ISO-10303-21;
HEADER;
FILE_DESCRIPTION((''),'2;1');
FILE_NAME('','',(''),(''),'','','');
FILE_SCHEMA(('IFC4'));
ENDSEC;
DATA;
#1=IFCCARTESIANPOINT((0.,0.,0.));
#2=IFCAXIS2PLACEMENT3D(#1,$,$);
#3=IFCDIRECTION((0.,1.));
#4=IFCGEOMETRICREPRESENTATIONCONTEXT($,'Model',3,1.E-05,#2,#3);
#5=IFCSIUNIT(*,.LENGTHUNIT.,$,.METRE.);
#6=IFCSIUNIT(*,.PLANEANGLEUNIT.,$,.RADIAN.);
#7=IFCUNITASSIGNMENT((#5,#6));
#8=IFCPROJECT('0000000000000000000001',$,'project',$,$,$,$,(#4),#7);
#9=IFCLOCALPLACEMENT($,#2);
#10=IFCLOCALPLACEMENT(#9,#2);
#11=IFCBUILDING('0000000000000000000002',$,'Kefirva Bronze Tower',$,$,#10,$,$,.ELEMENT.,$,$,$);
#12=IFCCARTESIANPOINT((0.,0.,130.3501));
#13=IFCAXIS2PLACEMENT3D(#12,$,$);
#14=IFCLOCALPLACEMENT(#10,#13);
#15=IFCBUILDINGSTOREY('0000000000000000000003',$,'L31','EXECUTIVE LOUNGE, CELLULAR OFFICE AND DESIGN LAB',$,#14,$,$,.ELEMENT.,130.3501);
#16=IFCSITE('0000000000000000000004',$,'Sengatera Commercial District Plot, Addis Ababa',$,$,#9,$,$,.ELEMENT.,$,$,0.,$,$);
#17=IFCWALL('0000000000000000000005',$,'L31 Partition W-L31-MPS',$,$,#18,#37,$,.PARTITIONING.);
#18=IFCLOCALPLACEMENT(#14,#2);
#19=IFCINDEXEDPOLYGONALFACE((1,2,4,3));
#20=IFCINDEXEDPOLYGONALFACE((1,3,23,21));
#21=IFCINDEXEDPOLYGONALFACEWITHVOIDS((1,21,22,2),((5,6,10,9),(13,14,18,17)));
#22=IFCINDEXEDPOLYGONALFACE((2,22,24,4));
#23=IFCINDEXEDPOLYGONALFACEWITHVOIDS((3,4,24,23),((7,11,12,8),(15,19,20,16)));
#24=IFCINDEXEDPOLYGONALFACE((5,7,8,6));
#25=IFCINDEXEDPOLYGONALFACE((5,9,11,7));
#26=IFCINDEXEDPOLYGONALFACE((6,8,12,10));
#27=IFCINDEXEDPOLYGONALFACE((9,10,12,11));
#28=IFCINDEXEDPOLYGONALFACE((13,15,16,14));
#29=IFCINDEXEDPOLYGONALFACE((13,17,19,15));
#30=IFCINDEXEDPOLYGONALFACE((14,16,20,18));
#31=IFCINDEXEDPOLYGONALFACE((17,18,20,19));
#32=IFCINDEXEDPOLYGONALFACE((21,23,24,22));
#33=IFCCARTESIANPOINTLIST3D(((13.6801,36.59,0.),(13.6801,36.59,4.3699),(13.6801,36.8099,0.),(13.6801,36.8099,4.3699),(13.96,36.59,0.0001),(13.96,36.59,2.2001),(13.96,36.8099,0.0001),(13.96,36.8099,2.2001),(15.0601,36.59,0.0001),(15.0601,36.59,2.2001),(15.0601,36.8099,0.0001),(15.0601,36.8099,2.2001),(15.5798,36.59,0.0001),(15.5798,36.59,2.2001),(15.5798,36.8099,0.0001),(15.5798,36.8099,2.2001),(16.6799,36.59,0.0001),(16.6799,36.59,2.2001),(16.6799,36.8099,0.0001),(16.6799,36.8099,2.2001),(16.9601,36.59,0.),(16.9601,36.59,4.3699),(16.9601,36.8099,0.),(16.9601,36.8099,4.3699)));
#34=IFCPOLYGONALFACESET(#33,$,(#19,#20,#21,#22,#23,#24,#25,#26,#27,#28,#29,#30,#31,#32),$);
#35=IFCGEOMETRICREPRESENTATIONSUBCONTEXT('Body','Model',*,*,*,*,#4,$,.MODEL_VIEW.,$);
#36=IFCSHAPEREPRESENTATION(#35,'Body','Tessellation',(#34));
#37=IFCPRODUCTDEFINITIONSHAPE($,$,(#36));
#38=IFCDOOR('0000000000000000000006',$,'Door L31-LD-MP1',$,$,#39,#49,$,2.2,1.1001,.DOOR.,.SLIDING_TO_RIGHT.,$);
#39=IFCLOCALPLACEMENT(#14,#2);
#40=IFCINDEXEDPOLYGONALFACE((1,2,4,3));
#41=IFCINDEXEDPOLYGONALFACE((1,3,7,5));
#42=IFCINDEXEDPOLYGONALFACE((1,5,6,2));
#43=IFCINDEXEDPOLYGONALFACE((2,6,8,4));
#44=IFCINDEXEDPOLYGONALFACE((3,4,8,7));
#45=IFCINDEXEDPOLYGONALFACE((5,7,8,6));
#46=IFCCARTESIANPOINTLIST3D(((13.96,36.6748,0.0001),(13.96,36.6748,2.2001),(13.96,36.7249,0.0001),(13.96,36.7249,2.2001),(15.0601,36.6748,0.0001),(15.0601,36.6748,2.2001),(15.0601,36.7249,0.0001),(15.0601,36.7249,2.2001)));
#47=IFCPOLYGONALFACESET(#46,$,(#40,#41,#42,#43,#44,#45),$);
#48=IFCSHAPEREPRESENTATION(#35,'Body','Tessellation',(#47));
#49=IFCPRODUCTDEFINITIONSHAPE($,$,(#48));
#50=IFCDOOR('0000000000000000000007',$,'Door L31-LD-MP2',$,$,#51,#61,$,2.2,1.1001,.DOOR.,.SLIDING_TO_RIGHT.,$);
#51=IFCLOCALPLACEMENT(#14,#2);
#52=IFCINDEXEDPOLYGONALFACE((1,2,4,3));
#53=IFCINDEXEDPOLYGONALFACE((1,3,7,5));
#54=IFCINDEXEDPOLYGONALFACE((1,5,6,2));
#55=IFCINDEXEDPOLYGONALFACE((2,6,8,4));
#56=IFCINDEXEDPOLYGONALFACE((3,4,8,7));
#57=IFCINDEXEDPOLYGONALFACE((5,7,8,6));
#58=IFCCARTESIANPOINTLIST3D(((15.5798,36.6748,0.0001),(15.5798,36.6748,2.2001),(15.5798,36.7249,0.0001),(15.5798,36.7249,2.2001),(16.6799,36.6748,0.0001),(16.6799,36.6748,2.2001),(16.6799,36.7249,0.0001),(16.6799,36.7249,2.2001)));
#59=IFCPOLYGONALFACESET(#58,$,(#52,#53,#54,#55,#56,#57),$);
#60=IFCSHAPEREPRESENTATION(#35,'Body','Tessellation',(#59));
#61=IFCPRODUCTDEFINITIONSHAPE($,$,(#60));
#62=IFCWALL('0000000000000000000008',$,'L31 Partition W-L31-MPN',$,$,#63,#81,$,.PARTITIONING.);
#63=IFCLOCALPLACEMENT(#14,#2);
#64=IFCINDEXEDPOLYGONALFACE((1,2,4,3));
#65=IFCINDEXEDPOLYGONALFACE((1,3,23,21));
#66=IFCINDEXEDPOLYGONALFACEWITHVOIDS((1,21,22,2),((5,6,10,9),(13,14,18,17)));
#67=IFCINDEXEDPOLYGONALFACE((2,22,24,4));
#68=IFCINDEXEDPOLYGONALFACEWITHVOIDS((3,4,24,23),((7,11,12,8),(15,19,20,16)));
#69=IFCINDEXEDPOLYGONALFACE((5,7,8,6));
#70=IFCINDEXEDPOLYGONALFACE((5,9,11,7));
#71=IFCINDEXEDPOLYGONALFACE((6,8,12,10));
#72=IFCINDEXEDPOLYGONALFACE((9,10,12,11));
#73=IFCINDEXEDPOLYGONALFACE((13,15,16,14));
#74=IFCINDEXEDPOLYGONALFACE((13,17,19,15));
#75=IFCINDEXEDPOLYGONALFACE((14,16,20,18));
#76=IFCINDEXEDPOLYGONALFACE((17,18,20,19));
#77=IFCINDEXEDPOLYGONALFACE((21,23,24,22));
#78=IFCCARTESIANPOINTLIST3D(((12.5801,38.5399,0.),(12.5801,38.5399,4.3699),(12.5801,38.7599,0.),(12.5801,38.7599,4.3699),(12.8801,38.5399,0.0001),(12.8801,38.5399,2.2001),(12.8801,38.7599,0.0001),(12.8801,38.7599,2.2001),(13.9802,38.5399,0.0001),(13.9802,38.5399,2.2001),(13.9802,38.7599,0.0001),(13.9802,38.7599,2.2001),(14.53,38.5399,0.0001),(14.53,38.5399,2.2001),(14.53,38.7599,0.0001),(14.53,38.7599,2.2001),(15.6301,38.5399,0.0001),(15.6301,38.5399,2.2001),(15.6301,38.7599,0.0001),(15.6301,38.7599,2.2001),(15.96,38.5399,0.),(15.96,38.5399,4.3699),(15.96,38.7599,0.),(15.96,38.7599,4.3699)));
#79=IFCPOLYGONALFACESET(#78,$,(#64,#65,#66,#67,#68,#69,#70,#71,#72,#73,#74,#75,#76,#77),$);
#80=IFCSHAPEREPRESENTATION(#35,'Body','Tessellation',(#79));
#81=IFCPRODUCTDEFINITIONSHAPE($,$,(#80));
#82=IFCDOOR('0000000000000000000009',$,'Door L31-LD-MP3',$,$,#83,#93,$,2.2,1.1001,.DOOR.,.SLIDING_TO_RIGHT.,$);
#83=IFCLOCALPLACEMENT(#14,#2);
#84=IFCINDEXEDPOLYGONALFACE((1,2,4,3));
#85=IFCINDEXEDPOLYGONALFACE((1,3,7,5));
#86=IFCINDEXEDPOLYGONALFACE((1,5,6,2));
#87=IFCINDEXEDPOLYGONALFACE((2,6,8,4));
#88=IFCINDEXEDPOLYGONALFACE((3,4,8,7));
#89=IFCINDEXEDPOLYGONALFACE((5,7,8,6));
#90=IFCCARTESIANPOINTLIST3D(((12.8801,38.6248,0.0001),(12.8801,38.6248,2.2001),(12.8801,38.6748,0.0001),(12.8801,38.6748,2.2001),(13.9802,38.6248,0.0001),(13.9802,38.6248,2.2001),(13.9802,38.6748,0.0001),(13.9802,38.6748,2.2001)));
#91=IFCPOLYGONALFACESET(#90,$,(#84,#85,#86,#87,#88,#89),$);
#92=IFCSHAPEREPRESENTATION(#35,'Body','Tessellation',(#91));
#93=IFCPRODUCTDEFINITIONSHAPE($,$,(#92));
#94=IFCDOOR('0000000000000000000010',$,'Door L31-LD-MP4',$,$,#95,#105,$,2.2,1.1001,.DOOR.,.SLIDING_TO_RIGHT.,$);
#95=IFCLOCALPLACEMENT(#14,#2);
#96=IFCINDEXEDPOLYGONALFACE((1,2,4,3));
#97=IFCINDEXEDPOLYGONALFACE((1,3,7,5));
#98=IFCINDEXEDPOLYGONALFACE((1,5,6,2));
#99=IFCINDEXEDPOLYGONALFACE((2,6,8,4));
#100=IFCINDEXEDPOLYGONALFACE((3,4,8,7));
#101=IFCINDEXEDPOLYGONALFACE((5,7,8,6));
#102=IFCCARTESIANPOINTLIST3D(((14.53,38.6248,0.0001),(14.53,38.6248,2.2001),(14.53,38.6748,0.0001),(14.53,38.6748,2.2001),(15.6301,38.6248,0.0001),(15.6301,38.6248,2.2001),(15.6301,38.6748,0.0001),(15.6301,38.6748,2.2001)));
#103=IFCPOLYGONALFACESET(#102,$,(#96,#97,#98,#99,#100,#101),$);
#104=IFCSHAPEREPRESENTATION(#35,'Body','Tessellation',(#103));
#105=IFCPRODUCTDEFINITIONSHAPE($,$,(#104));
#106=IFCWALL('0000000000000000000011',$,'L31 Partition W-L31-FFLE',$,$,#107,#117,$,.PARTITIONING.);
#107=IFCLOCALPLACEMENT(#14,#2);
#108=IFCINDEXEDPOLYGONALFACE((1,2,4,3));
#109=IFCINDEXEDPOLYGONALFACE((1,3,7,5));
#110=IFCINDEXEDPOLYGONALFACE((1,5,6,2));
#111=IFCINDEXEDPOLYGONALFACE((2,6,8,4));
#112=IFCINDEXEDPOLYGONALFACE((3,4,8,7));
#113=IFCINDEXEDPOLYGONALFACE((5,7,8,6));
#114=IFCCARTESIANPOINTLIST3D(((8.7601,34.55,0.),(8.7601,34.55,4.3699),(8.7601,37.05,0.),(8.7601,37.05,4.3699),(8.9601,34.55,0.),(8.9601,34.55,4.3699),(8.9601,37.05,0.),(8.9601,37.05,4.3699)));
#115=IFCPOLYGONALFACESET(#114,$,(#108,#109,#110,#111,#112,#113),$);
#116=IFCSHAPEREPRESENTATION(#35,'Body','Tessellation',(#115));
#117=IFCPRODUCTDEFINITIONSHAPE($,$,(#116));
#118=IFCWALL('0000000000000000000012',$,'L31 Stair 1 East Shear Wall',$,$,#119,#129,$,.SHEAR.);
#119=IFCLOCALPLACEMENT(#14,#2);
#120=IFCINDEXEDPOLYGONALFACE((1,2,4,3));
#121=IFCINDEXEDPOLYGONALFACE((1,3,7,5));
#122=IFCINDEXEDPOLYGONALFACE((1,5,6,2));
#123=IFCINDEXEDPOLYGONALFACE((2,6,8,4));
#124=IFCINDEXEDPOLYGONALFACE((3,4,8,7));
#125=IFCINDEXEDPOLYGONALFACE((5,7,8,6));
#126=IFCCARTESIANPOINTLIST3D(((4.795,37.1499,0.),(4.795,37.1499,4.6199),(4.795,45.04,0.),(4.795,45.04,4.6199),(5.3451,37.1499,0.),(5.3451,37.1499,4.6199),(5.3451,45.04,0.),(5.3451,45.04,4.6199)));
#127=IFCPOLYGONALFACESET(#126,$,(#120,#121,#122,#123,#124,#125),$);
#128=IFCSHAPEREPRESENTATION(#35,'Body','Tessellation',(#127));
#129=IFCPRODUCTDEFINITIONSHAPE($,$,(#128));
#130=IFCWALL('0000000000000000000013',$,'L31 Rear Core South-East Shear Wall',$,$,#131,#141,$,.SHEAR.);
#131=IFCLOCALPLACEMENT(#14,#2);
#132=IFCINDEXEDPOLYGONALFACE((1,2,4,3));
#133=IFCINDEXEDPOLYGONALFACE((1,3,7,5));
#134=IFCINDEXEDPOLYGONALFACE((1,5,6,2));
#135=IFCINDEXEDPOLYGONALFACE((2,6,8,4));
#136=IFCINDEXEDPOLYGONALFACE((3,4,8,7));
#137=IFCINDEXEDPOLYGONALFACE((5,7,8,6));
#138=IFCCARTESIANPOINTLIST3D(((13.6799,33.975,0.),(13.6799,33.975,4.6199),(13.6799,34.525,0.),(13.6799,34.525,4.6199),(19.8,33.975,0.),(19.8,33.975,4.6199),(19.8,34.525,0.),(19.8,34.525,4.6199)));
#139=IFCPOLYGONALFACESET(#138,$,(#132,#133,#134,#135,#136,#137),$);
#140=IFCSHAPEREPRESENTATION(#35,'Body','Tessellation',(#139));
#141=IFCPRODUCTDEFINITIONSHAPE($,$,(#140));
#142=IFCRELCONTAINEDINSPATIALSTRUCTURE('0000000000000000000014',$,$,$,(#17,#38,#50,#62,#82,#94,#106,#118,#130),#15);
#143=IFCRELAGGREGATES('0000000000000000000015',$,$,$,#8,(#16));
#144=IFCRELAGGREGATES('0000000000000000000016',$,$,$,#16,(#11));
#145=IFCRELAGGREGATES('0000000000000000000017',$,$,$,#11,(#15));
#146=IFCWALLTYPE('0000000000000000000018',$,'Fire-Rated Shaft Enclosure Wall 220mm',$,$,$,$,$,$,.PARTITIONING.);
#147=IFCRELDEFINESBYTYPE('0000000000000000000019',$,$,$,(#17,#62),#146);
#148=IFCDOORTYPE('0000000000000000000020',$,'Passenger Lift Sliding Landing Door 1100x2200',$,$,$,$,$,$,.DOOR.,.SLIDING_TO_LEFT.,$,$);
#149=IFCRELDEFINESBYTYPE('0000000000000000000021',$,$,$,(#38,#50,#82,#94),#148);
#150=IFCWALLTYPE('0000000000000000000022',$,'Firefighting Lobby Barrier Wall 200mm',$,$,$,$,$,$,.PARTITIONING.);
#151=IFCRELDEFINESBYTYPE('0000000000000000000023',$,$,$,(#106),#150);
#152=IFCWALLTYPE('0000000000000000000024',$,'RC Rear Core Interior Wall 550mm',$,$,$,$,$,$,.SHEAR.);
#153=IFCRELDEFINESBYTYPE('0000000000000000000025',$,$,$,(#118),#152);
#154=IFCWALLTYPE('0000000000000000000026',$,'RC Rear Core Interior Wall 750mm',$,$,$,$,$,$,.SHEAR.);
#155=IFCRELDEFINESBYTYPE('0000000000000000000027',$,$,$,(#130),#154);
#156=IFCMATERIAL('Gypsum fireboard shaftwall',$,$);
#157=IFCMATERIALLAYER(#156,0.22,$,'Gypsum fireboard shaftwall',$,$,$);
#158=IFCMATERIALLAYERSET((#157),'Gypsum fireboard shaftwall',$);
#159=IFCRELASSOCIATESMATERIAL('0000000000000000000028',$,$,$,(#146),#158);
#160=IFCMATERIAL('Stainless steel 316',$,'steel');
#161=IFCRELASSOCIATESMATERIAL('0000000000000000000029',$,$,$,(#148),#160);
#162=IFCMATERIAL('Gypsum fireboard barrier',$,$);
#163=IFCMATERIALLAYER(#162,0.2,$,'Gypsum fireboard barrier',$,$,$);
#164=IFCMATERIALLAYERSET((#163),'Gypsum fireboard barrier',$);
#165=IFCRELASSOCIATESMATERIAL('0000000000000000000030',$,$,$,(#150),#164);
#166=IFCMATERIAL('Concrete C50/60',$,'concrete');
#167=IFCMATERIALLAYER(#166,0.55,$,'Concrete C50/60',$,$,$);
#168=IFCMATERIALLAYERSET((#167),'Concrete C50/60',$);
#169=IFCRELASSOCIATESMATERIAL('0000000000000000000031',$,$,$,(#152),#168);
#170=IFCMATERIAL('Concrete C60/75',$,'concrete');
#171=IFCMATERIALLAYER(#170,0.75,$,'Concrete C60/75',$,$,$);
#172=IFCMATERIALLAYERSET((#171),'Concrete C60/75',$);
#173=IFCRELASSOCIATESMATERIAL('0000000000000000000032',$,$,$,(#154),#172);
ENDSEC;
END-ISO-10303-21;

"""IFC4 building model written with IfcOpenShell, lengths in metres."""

from ifc_helpers import new_model, si_unit, direction, frame, frame_2d, origin, place, context, subcontext, project, spatial, rectangle, extrude, material, layer, layer_set, type_object, element, fill, save


model = new_model("IFC4")

# Units and contexts
model_context = context("Model", 3, precision=1e-05, world=origin(), true_north=direction((0.0, 1.0)))
body_context = subcontext(model_context, "Body", "Model", "MODEL_VIEW")
ifc_project = project(units=[si_unit("LENGTHUNIT", "METRE"), si_unit("PLANEANGLEUNIT", "RADIAN")], contexts=[model_context])

# Site, building, storey
site_placement = place(None, origin())
site = spatial("IfcSite", under=ifc_project, at=site_placement, Name="Sengatera Commercial District Plot, Addis Ababa", CompositionType="ELEMENT", RefElevation=0.0)
building_placement = place(site_placement, origin())
building = spatial("IfcBuilding", under=site, at=building_placement, Name="Kefirva Bronze Tower", CompositionType="ELEMENT")
storey_placement = place(building_placement, frame((0.0, 0.0, 130.3501)))
storey = spatial("IfcBuildingStorey", under=building, at=storey_placement, Name="L31", Description="EXECUTIVE LOUNGE, CELLULAR OFFICE AND DESIGN LAB", CompositionType="ELEMENT", Elevation=130.3501)

# Shared definitions
ifc_material_1 = material(Name="Concrete C60/75", Category="concrete")

# Shared definitions
ifc_material_2 = material(Name="Gypsum fireboard shaftwall")
ifc_layer_1 = layer(ifc_material_2, 0.22, Name="Gypsum fireboard shaftwall")
ifc_layer_set_1 = layer_set([ifc_layer_1], Name="Gypsum fireboard shaftwall")
wall_type_1 = type_object("IfcWallType", Name="Fire-Rated Shaft Enclosure Wall 220mm", PredefinedType="PARTITIONING", material=ifc_layer_set_1)
ifc_material_3 = material(Name="Stainless steel 316", Category="steel")

# Walls, openings, doors
wall_1_placement = place(storey_placement, frame((13.6799, 36.7, 0.0), z_axis=(0.0, 0.0, 1.0), x_axis=(1.0, 0.0, 0.0)))
wall_1 = element("IfcWall", 1, at=wall_1_placement, inside=storey, type_object=wall_type_1, Name="L31 Partition W-L31-MPS", PredefinedType="PARTITIONING", context=body_context, shape_type="SweptSolid", body=[
    extrude(rectangle(XDim=3.28, YDim=0.22, at=frame_2d((1.6401, 0.0))), origin(), (0.0, 0.0, 1.0), 4.3699),
])
opening_1_placement = place(wall_1_placement, frame((0.28, 0.0, 0.0)))
opening_1 = element("IfcOpeningElement", 2, at=opening_1_placement, cuts=wall_1, PredefinedType="OPENING", context=body_context, shape_type="SweptSolid", body=[
    extrude(rectangle(XDim=1.1001, YDim=2.2, at=frame_2d((0.55, 1.1001))), frame((0.0, 0.1201, 0.0), z_axis=(0.0, -1.0, 0.0), x_axis=(1.0, 0.0, 0.0)), (0.0, 0.0, 1.0), 0.24),
])
opening_2_placement = place(wall_1_placement, frame((1.8999, 0.0, 0.0)))
opening_2 = element("IfcOpeningElement", 3, at=opening_2_placement, cuts=wall_1, PredefinedType="OPENING", context=body_context, shape_type="SweptSolid", body=[
    extrude(rectangle(XDim=1.1001, YDim=2.2, at=frame_2d((0.55, 1.1001))), frame((0.0, 0.1201, 0.0), z_axis=(0.0, -1.0, 0.0), x_axis=(1.0, 0.0, 0.0)), (0.0, 0.0, 1.0), 0.24),
])
door_type_1 = type_object("IfcDoorType", Name="Passenger Lift Sliding Landing Door 1100x2200", OperationType="SLIDING_TO_LEFT", PredefinedType="DOOR", material=ifc_material_3)
door_1_placement = place(opening_1_placement, origin())
door_1 = element("IfcDoor", 4, at=door_1_placement, inside=storey, type_object=door_type_1, Name="Door L31-LD-MP1", OperationType="SLIDING_TO_RIGHT", OverallHeight=2.2, OverallWidth=1.1001, PredefinedType="DOOR", context=body_context, shape_type="SweptSolid", body=[
    extrude(rectangle(XDim=1.1001, YDim=2.2, at=frame_2d((0.55, 1.1001))), frame((0.0, 0.0249, 0.0), z_axis=(0.0, -1.0, 0.0), x_axis=(1.0, 0.0, 0.0)), (0.0, 0.0, 1.0), 0.05),
])
fill(opening_1, door_1)
door_2_placement = place(opening_2_placement, origin())
door_2 = element("IfcDoor", 5, at=door_2_placement, inside=storey, type_object=door_type_1, Name="Door L31-LD-MP2", OperationType="SLIDING_TO_RIGHT", OverallHeight=2.2, OverallWidth=1.1001, PredefinedType="DOOR", context=body_context, shape_type="SweptSolid", body=[
    extrude(rectangle(XDim=1.1001, YDim=2.2, at=frame_2d((0.55, 1.1001))), frame((0.0, 0.0249, 0.0), z_axis=(0.0, -1.0, 0.0), x_axis=(1.0, 0.0, 0.0)), (0.0, 0.0, 1.0), 0.05),
])
fill(opening_2, door_2)
wall_2_placement = place(storey_placement, frame((12.5801, 38.6499, 0.0), z_axis=(0.0, 0.0, 1.0), x_axis=(1.0, 0.0, 0.0)))
wall_2 = element("IfcWall", 6, at=wall_2_placement, inside=storey, type_object=wall_type_1, Name="L31 Partition W-L31-MPN", PredefinedType="PARTITIONING", context=body_context, shape_type="SweptSolid", body=[
    extrude(rectangle(XDim=3.3799, YDim=0.22, at=frame_2d((1.6899, 0.0))), origin(), (0.0, 0.0, 1.0), 4.3699),
])
opening_3_placement = place(wall_2_placement, frame((0.3, 0.0, 0.0)))
opening_3 = element("IfcOpeningElement", 7, at=opening_3_placement, cuts=wall_2, PredefinedType="OPENING", context=body_context, shape_type="SweptSolid", body=[
    extrude(rectangle(XDim=1.1001, YDim=2.2, at=frame_2d((0.55, 1.1001))), frame((0.0, 0.1201, 0.0), z_axis=(0.0, -1.0, 0.0), x_axis=(1.0, 0.0, 0.0)), (0.0, 0.0, 1.0), 0.24),
])
opening_4_placement = place(wall_2_placement, frame((1.95, 0.0, 0.0)))
opening_4 = element("IfcOpeningElement", 8, at=opening_4_placement, cuts=wall_2, PredefinedType="OPENING", context=body_context, shape_type="SweptSolid", body=[
    extrude(rectangle(XDim=1.1001, YDim=2.2, at=frame_2d((0.55, 1.1001))), frame((0.0, 0.1201, 0.0), z_axis=(0.0, -1.0, 0.0), x_axis=(1.0, 0.0, 0.0)), (0.0, 0.0, 1.0), 0.24),
])
door_3_placement = place(opening_3_placement, origin())
door_3 = element("IfcDoor", 9, at=door_3_placement, inside=storey, type_object=door_type_1, Name="Door L31-LD-MP3", OperationType="SLIDING_TO_RIGHT", OverallHeight=2.2, OverallWidth=1.1001, PredefinedType="DOOR", context=body_context, shape_type="SweptSolid", body=[
    extrude(rectangle(XDim=1.1001, YDim=2.2, at=frame_2d((0.55, 1.1001))), frame((0.0, 0.0249, 0.0), z_axis=(0.0, -1.0, 0.0), x_axis=(1.0, 0.0, 0.0)), (0.0, 0.0, 1.0), 0.05),
])
fill(opening_3, door_3)
door_4_placement = place(opening_4_placement, origin())
door_4 = element("IfcDoor", 10, at=door_4_placement, inside=storey, type_object=door_type_1, Name="Door L31-LD-MP4", OperationType="SLIDING_TO_RIGHT", OverallHeight=2.2, OverallWidth=1.1001, PredefinedType="DOOR", context=body_context, shape_type="SweptSolid", body=[
    extrude(rectangle(XDim=1.1001, YDim=2.2, at=frame_2d((0.55, 1.1001))), frame((0.0, 0.0249, 0.0), z_axis=(0.0, -1.0, 0.0), x_axis=(1.0, 0.0, 0.0)), (0.0, 0.0, 1.0), 0.05),
])
fill(opening_4, door_4)

# Walls
ifc_material_4 = material(Name="Gypsum fireboard barrier")
ifc_layer_2 = layer(ifc_material_4, 0.2, Name="Gypsum fireboard barrier")
ifc_layer_set_2 = layer_set([ifc_layer_2], Name="Gypsum fireboard barrier")
wall_type_2 = type_object("IfcWallType", Name="Firefighting Lobby Barrier Wall 200mm", PredefinedType="PARTITIONING", material=ifc_layer_set_2)
wall_3_placement = place(storey_placement, frame((8.8601, 34.55, 0.0), z_axis=(0.0, 0.0, 1.0), x_axis=(0.0, 1.0, 0.0)))
element("IfcWall", 11, at=wall_3_placement, inside=storey, type_object=wall_type_2, Name="L31 Partition W-L31-FFLE", PredefinedType="PARTITIONING", context=body_context, shape_type="SweptSolid", body=[
    extrude(rectangle(XDim=2.5, YDim=0.2, at=frame_2d((1.25, 0.0))), origin(), (0.0, 0.0, 1.0), 4.3699),
])
ifc_material_5 = material(Name="Concrete C50/60", Category="concrete")
ifc_layer_3 = layer(ifc_material_5, 0.55, Name="Concrete C50/60")
ifc_layer_set_3 = layer_set([ifc_layer_3], Name="Concrete C50/60")
wall_type_3 = type_object("IfcWallType", Name="RC Rear Core Interior Wall 550mm", PredefinedType="SHEAR", material=ifc_layer_set_3)
wall_4_placement = place(storey_placement, frame((5.0701, 37.1499, 0.0), z_axis=(0.0, 0.0, 1.0), x_axis=(0.0, 1.0, 0.0)))
element("IfcWall", 12, at=wall_4_placement, inside=storey, type_object=wall_type_3, Name="L31 Stair 1 East Shear Wall", PredefinedType="SHEAR", context=body_context, shape_type="SweptSolid", body=[
    extrude(rectangle(XDim=7.8901, YDim=0.55, at=frame_2d((3.9451, 0.0))), origin(), (0.0, 0.0, 1.0), 4.6199),
])
ifc_layer_4 = layer(ifc_material_1, 0.75, Name="Concrete C60/75")
ifc_layer_set_4 = layer_set([ifc_layer_4], Name="Concrete C60/75")
wall_type_4 = type_object("IfcWallType", Name="RC Rear Core Interior Wall 750mm", PredefinedType="SHEAR", material=ifc_layer_set_4)
wall_5_placement = place(storey_placement, frame((13.6799, 34.25, 0.0), z_axis=(0.0, 0.0, 1.0), x_axis=(1.0, 0.0, 0.0)))
element("IfcWall", 13, at=wall_5_placement, inside=storey, type_object=wall_type_4, Name="L31 Rear Core South-East Shear Wall", PredefinedType="SHEAR", context=body_context, shape_type="SweptSolid", body=[
    extrude(rectangle(XDim=6.1201, YDim=0.55, at=frame_2d((3.0601, 0.0))), origin(), (0.0, 0.0, 1.0), 4.6199),
])

save(model, "model.ifc")
